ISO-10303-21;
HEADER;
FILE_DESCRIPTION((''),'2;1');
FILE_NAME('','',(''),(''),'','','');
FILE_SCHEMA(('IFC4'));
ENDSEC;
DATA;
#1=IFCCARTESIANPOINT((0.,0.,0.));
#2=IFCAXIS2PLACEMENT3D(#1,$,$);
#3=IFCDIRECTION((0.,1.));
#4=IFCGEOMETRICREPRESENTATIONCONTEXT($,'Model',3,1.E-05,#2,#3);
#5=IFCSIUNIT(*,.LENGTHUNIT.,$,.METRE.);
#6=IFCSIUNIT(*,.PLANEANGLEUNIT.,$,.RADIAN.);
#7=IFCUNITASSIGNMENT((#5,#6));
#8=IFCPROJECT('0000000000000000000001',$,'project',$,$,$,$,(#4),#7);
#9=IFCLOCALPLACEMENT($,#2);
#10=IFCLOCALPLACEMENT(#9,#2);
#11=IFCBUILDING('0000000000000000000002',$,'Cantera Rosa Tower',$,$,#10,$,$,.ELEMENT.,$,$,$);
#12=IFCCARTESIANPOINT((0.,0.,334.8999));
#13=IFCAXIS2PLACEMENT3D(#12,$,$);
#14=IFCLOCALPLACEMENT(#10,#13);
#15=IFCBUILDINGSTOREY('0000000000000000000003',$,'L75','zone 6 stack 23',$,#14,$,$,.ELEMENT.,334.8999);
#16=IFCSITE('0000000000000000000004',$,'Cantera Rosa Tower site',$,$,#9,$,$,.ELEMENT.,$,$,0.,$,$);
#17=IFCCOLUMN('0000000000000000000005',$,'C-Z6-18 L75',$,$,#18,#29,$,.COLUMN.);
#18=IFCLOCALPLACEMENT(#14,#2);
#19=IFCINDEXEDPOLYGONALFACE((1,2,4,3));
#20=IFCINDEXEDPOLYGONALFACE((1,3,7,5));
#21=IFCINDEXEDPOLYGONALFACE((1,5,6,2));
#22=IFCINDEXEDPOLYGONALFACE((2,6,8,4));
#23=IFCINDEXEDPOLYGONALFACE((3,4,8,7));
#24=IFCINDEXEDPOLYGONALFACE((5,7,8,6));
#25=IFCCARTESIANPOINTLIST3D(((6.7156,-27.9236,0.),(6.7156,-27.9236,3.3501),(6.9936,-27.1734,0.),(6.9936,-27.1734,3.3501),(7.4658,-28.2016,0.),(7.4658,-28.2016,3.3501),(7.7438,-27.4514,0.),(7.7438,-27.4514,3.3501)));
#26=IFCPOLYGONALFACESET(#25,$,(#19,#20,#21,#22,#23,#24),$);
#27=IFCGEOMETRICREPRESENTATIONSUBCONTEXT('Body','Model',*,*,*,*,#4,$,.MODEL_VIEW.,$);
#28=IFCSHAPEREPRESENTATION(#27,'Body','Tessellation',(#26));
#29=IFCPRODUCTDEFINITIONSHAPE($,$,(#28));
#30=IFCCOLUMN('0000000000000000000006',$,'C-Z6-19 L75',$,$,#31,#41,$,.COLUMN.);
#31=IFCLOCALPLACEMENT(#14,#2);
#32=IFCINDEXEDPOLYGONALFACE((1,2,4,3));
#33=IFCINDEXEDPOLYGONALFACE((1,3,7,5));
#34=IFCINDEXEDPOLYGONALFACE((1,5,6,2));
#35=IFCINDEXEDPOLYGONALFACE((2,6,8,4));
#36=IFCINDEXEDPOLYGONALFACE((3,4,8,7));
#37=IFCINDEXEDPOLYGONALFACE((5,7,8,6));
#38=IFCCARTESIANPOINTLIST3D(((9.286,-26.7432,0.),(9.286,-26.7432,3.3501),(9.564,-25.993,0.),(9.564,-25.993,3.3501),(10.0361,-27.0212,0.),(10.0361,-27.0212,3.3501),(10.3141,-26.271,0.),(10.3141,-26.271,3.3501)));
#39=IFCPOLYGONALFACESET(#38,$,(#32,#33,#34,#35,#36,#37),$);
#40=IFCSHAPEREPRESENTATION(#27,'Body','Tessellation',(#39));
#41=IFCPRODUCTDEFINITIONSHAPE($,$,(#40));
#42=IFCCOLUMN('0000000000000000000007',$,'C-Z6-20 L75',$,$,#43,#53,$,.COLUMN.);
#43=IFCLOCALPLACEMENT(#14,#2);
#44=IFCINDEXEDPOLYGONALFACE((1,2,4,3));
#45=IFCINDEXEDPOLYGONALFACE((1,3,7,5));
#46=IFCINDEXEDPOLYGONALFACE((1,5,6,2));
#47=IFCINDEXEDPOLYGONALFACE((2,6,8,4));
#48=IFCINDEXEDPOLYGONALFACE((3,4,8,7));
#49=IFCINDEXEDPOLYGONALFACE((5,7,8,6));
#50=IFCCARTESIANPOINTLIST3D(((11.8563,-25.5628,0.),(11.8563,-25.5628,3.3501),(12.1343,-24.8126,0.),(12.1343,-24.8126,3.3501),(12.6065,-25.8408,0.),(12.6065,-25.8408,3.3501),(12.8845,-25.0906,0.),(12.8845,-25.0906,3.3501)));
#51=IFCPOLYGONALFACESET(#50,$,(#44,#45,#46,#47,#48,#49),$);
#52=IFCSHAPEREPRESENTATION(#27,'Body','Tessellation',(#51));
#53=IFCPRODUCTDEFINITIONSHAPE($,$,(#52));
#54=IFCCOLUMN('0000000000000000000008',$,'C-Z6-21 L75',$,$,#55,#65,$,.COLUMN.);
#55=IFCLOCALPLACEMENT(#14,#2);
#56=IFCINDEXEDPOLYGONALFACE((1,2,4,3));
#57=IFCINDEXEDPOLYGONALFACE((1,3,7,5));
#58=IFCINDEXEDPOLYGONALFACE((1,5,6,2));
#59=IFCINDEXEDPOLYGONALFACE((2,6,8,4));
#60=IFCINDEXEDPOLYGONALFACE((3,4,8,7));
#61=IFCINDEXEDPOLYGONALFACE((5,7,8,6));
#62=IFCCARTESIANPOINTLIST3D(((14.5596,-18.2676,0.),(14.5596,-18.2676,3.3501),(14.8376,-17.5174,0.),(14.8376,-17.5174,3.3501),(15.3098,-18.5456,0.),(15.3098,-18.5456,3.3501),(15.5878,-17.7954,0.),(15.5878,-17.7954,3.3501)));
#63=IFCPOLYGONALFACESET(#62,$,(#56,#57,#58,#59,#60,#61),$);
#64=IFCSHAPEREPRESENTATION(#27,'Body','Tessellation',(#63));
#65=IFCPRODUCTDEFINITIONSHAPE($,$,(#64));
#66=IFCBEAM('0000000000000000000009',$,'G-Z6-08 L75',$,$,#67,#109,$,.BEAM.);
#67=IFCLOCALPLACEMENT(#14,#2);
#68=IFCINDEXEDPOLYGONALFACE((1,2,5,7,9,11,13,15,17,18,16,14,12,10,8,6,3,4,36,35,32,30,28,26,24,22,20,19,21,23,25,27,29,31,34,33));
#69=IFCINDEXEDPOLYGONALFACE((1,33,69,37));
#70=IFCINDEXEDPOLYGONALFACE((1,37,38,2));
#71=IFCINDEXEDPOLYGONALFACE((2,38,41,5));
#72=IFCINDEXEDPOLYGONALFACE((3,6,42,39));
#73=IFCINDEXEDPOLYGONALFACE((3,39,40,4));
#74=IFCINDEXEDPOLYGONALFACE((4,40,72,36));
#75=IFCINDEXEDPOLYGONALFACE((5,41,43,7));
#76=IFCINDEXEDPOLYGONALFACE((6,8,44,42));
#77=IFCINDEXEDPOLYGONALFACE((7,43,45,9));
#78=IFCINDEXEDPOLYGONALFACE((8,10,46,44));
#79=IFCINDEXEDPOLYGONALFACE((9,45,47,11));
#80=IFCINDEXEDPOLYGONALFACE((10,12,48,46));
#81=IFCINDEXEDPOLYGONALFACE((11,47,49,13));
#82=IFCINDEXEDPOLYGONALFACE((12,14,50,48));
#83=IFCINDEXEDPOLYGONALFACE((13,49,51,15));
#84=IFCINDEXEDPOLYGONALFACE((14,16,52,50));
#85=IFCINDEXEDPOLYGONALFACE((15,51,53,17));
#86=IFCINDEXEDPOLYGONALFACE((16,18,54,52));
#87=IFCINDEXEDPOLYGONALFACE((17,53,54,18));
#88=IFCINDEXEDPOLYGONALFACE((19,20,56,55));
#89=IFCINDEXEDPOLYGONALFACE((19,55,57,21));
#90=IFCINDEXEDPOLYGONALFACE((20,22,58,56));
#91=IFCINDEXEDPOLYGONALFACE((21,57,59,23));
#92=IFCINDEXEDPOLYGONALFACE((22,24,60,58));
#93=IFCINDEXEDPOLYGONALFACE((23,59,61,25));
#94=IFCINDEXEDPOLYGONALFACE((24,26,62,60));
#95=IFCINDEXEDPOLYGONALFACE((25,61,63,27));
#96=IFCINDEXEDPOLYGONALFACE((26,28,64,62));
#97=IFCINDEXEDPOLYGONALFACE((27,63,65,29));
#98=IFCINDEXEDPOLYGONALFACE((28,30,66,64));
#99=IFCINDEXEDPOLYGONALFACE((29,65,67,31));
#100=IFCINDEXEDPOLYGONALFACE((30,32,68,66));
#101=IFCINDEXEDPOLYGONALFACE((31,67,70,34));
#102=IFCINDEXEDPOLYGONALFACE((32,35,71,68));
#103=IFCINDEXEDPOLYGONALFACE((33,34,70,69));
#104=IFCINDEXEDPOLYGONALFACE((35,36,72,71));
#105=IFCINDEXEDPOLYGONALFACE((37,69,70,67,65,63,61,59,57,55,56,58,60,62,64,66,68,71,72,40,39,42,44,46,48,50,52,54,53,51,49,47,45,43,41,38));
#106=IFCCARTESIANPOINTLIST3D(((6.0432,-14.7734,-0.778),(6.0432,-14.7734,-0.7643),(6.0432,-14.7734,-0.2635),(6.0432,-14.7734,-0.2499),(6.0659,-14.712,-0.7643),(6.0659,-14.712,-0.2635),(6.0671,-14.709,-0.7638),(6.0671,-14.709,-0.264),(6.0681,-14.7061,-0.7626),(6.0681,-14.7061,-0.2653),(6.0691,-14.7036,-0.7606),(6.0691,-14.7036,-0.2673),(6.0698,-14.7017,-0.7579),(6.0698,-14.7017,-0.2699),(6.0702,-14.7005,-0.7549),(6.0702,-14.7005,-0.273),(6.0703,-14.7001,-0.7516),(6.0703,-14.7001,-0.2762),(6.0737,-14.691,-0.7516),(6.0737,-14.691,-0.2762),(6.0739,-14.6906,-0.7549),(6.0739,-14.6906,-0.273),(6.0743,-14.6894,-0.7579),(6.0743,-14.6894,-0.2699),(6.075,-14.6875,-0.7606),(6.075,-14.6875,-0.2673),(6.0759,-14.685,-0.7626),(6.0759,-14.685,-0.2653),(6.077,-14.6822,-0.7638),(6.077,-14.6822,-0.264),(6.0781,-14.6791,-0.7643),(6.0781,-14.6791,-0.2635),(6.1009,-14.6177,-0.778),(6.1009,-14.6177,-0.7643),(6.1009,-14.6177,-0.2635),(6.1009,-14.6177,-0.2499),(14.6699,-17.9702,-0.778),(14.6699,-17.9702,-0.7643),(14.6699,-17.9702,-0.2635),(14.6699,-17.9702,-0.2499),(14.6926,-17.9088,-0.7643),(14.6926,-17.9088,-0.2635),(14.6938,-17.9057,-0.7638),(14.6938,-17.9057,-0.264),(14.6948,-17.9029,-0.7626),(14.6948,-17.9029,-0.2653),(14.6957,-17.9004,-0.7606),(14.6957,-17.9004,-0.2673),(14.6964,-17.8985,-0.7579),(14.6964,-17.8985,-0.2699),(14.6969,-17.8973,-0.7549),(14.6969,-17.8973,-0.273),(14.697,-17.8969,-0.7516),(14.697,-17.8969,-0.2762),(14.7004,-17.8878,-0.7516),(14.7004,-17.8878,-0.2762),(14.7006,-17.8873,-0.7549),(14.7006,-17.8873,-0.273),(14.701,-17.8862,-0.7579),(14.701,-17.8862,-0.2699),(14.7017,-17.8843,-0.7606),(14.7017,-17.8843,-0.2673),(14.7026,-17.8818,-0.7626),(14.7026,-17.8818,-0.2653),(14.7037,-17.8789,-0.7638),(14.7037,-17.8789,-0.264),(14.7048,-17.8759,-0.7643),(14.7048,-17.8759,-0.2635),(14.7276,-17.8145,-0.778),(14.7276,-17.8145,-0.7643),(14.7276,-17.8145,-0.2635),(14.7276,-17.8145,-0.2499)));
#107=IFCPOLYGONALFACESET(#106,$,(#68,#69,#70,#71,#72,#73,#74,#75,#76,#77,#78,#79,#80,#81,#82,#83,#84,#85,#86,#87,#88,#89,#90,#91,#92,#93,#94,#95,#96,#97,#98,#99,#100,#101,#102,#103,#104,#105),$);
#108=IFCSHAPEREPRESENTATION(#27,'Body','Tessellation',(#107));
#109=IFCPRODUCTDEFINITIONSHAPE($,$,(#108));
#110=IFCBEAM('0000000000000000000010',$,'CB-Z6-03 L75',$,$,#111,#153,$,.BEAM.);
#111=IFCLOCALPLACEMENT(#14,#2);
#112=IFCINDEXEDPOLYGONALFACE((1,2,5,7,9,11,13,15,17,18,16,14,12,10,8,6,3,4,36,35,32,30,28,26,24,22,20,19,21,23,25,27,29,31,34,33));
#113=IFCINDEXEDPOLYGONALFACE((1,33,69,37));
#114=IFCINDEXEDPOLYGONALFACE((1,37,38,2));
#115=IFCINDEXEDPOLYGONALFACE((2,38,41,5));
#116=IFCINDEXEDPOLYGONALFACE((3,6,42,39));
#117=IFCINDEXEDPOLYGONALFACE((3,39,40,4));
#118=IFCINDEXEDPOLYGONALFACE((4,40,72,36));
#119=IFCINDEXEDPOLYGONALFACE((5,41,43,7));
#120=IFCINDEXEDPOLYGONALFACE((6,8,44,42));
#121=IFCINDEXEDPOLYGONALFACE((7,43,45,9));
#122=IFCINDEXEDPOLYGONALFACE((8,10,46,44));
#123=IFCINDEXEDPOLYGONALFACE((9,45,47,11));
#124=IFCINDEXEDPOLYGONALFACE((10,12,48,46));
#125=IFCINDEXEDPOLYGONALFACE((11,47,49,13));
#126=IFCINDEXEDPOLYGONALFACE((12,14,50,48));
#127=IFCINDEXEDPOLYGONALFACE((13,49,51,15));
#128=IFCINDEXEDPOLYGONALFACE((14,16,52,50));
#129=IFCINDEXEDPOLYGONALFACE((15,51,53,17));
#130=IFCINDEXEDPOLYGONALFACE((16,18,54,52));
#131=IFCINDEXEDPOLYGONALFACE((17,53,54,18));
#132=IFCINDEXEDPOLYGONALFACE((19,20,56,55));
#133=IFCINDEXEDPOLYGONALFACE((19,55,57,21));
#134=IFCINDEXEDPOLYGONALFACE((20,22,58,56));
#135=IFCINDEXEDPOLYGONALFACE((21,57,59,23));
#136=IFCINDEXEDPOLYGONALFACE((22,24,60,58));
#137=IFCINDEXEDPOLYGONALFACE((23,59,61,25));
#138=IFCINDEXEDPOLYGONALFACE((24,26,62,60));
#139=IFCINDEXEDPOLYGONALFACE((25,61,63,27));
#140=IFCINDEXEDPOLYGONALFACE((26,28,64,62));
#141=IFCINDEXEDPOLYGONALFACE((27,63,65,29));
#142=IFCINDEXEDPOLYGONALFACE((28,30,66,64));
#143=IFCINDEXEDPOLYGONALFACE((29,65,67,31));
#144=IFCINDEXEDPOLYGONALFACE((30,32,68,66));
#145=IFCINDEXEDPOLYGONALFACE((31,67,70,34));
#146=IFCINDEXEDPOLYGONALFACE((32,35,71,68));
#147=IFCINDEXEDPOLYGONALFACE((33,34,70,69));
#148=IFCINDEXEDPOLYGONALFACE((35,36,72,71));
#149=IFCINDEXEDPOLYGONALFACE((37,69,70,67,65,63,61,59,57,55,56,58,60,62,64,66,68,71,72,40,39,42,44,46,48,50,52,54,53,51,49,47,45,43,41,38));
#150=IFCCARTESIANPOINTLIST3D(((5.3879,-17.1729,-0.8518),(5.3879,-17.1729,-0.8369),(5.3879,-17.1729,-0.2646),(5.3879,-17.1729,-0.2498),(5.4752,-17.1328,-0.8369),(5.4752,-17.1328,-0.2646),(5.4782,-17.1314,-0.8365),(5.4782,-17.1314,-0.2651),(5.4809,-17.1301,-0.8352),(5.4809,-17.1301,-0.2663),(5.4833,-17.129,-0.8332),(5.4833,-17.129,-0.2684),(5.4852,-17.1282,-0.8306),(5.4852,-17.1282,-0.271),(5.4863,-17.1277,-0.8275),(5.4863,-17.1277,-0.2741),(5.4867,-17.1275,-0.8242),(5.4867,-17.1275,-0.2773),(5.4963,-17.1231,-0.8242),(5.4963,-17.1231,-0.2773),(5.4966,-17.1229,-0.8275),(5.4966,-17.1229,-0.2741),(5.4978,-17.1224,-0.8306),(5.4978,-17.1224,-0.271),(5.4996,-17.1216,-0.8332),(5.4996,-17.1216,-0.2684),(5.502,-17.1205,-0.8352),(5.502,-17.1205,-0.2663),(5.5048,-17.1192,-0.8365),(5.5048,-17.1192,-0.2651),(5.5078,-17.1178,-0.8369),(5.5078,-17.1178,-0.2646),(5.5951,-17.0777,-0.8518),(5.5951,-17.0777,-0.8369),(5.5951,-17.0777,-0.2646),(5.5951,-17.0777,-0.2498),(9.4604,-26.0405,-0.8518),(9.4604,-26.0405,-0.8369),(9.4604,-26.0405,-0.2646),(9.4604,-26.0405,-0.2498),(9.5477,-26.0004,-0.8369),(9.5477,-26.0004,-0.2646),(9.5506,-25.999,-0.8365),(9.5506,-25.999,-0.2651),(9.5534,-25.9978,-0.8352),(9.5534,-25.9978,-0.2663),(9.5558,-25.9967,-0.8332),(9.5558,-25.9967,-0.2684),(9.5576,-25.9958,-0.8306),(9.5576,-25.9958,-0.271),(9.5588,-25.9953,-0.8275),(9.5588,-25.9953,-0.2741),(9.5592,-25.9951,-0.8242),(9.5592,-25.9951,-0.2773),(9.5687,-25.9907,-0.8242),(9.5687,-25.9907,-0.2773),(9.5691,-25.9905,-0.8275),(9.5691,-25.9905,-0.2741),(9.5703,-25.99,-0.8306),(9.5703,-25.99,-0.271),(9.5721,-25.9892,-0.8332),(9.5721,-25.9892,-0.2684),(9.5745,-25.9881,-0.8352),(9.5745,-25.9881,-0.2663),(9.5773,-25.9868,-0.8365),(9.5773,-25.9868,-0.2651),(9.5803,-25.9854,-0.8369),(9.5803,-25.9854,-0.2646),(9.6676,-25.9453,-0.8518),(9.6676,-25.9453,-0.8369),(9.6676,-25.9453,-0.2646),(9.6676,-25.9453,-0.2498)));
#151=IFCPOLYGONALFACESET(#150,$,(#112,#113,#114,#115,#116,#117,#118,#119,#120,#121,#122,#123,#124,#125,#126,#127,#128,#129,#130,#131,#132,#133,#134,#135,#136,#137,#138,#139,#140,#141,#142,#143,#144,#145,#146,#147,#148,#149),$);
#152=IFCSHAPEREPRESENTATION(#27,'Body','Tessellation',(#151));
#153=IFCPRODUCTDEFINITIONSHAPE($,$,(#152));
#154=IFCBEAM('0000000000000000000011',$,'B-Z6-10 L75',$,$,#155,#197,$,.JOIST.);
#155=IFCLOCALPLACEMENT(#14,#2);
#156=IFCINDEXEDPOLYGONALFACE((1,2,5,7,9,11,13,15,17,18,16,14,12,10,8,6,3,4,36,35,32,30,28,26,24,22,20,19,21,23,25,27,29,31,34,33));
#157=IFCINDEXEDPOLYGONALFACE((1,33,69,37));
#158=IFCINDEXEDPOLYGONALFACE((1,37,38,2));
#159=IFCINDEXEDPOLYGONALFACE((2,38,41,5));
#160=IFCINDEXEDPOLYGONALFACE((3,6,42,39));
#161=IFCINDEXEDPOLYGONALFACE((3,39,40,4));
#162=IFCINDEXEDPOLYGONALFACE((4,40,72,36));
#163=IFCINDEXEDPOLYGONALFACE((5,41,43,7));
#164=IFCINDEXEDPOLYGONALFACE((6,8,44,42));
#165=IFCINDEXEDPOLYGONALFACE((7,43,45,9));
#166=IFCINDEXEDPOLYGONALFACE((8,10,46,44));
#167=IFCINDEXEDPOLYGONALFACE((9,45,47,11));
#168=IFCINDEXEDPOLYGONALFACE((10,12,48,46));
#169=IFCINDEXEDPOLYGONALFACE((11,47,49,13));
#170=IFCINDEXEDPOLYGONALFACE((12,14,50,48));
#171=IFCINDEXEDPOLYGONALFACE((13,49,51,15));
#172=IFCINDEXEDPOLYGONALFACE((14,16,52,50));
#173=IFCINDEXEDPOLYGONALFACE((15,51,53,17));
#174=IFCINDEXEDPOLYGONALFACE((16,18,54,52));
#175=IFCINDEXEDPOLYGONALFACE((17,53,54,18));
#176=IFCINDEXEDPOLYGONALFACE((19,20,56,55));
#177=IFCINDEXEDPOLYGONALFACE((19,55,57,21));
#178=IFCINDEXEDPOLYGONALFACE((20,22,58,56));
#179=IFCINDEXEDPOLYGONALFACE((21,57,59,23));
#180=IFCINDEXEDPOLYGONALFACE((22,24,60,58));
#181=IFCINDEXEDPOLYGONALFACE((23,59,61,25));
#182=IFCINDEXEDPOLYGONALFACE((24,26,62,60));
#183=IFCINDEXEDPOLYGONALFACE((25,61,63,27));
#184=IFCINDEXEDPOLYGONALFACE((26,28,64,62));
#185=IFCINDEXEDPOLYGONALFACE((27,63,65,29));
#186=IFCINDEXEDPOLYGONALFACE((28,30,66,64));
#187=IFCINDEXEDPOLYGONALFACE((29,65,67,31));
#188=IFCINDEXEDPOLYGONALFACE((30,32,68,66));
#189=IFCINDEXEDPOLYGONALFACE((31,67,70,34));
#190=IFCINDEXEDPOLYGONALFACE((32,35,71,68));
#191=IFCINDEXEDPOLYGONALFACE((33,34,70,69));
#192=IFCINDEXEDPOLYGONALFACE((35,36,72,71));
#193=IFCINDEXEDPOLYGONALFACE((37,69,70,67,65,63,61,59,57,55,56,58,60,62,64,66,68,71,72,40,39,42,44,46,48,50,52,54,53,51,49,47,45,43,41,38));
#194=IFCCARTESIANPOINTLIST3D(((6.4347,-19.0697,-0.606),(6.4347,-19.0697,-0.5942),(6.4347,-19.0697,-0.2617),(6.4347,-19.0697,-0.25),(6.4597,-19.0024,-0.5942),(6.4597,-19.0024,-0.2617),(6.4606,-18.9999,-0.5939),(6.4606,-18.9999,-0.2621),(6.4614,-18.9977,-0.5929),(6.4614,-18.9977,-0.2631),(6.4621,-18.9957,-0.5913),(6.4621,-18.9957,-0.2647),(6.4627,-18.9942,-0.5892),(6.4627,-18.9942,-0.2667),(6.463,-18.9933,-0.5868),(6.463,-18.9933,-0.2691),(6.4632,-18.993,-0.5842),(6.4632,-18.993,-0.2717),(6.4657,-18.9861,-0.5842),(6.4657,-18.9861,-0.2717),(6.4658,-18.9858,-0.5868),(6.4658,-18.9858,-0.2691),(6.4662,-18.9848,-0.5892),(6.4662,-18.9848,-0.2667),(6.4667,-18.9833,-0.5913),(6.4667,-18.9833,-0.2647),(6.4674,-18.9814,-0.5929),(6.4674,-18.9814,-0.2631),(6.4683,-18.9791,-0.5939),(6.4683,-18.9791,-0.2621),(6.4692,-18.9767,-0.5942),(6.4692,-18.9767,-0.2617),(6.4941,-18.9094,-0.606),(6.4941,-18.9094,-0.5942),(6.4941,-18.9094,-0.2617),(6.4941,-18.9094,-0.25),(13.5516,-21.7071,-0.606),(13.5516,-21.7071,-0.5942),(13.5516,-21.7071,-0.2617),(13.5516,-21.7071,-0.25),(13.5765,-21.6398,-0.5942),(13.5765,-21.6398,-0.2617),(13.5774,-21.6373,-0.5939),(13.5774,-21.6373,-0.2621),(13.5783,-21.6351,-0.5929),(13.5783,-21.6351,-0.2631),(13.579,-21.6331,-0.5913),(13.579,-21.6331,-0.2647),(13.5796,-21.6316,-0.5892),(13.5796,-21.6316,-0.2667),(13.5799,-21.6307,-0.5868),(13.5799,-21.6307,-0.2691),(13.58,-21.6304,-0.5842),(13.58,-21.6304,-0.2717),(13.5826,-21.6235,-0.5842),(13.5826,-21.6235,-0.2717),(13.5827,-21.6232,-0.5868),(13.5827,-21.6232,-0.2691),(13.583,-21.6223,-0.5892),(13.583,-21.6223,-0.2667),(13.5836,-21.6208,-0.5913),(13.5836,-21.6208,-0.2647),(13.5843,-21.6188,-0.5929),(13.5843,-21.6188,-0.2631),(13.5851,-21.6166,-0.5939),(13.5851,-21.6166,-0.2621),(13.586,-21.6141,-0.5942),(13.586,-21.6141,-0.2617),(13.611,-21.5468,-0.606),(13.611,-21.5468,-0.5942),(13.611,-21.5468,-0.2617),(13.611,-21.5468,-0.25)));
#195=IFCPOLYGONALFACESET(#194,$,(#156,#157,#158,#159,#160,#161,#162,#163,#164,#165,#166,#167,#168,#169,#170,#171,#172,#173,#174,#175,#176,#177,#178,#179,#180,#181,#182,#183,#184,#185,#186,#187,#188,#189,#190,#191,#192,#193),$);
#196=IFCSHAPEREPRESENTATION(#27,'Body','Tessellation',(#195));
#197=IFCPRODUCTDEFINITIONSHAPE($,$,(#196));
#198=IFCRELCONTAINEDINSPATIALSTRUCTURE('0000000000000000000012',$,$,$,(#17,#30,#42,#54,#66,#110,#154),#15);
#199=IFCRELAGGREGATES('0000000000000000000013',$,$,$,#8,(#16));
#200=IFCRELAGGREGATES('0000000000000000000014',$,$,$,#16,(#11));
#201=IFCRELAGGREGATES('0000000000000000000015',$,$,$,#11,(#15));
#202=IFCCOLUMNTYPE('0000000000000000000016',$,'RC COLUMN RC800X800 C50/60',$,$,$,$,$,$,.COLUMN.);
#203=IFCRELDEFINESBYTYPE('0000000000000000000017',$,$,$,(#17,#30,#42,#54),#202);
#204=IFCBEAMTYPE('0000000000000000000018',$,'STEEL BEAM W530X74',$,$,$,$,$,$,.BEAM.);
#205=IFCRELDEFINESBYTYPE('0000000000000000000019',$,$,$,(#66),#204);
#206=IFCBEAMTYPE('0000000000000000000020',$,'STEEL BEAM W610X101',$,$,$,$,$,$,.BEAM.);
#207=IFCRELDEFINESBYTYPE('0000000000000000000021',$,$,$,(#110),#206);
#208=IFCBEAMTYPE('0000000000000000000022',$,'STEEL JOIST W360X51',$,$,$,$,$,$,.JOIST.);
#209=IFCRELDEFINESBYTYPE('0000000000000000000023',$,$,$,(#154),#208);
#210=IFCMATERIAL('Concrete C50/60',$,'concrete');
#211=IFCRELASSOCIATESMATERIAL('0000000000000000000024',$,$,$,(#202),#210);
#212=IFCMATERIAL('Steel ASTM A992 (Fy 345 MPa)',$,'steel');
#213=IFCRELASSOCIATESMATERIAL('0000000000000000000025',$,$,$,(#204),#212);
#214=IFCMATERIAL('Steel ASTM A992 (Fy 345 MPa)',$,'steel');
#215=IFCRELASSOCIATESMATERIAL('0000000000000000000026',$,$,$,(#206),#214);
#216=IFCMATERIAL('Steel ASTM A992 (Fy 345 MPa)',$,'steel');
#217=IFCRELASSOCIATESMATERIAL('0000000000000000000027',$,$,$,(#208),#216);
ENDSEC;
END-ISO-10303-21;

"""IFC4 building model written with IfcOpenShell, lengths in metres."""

from ifc_helpers import new_model, si_unit, direction, frame, origin, origin_2d, place, context, subcontext, project, spatial, rectangle, i_section, extrude, material, material_profile, profile_set, type_object, element, save


model = new_model("IFC4")

# Units and contexts
model_context = context("Model", 3, precision=1e-05, world=origin(), true_north=direction((0.0, 1.0)))
body_context = subcontext(model_context, "Body", "Model", "MODEL_VIEW")
ifc_project = project(units=[si_unit("LENGTHUNIT", "METRE"), si_unit("PLANEANGLEUNIT", "RADIAN")], contexts=[model_context])

# Site, building, storey
site_placement = place(None, origin())
site = spatial("IfcSite", under=ifc_project, at=site_placement, Name="Cantera Rosa Tower site", CompositionType="ELEMENT", RefElevation=0.0)
building_placement = place(site_placement, origin())
building = spatial("IfcBuilding", under=site, at=building_placement, Name="Cantera Rosa Tower", CompositionType="ELEMENT")
storey_placement = place(building_placement, frame((0.0, 0.0, 334.8999)))
storey = spatial("IfcBuildingStorey", under=building, at=storey_placement, Name="L75", Description="zone 6 stack 23", CompositionType="ELEMENT", Elevation=334.8999)

# Columns
ifc_material_1 = material(Name="Concrete C50/60", Category="concrete")
ifc_material_profile_1 = material_profile(ifc_material_1, rectangle(XDim=0.8, YDim=0.8, at=origin_2d()), Name="RC COLUMN RC800X800 C50/60")
ifc_profile_set_1 = profile_set([ifc_material_profile_1], Name="Concrete C50/60")
column_type = type_object("IfcColumnType", Name="RC COLUMN RC800X800 C50/60", PredefinedType="COLUMN", material=ifc_profile_set_1)
for number, where, z_axis, x_axis, name in (
    (1, (7.2297, -27.6875, 0.0), (0.0, 0.0, 1.0), (0.347481, 0.937687, 0.0), "C-Z6-18 L75"),
    (2, (9.8, -26.5071, 0.0), (0.0, 0.0, 1.0), (0.347481, 0.937687, 0.0), "C-Z6-19 L75"),
    (3, (12.3704, -25.3267, 0.0), (0.0, 0.0, 1.0), (0.347481, 0.937687, 0.0), "C-Z6-20 L75"),
    (4, (15.0737, -18.0315, 0.0), (0.0, 0.0, 1.0), (0.347481, 0.937687, 0.0), "C-Z6-21 L75"),
):
    element("IfcColumn", number, at=place(storey_placement, frame(where, z_axis=z_axis, x_axis=x_axis)), inside=storey, type_object=column_type, Name=name, PredefinedType="COLUMN", context=body_context, shape_type="SweptSolid", body=[
        extrude(rectangle(XDim=0.8, YDim=0.8, at=origin_2d()), origin(), (0.0, 0.0, 1.0), 3.3501),
    ])

# Beams
ifc_material_2 = material(Name="Steel ASTM A992 (Fy 345 MPa)", Category="steel")
ifc_material_profile_2 = material_profile(ifc_material_2, i_section(OverallWidth=0.166, OverallDepth=0.5281, WebThickness=0.0098, FlangeThickness=0.0137, FilletRadius=0.0127, at=origin_2d()), Name="W530X74")
ifc_profile_set_2 = profile_set([ifc_material_profile_2], Name="Steel ASTM A992 (Fy 345 MPa)")
beam_type_1 = type_object("IfcBeamType", Name="STEEL BEAM W530X74", PredefinedType="BEAM", material=ifc_profile_set_2)
beam_1_placement = place(storey_placement, frame((14.6987, -17.8923, -0.5139), z_axis=(-0.937689, 0.347477, 0.0), x_axis=(-0.347477, -0.937689, 0.0)))
element("IfcBeam", 5, at=beam_1_placement, inside=storey, type_object=beam_type_1, Name="G-Z6-08 L75", PredefinedType="BEAM", context=body_context, shape_type="SweptSolid", body=[
    extrude(i_section(OverallWidth=0.166, OverallDepth=0.5281, WebThickness=0.0098, FlangeThickness=0.0137, FilletRadius=0.0127, at=origin_2d()), origin(), (0.0, 0.0, 1.0), 9.2),
])
ifc_material_3 = material(Name="Steel ASTM A992 (Fy 345 MPa)", Category="steel")
ifc_material_profile_3 = material_profile(ifc_material_3, i_section(OverallWidth=0.228, OverallDepth=0.6021, WebThickness=0.0105, FlangeThickness=0.0149, FilletRadius=0.0127, at=origin_2d()), Name="W610X101")
ifc_profile_set_3 = profile_set([ifc_material_profile_3], Name="Steel ASTM A992 (Fy 345 MPa)")
beam_type_2 = type_object("IfcBeamType", Name="STEEL BEAM W610X101", PredefinedType="BEAM", material=ifc_profile_set_3)
beam_2_placement = place(storey_placement, frame((9.564, -25.9929, -0.5508), z_axis=(-0.417346, 0.908748, 0.0), x_axis=(-0.908748, -0.417346, 0.0)))
element("IfcBeam", 6, at=beam_2_placement, inside=storey, type_object=beam_type_2, Name="CB-Z6-03 L75", PredefinedType="BEAM", context=body_context, shape_type="SweptSolid", body=[
    extrude(i_section(OverallWidth=0.228, OverallDepth=0.6021, WebThickness=0.0105, FlangeThickness=0.0149, FilletRadius=0.0127, at=origin_2d()), origin(), (0.0, 0.0, 1.0), 9.7581),
])
ifc_material_4 = material(Name="Steel ASTM A992 (Fy 345 MPa)", Category="steel")
ifc_material_profile_4 = material_profile(ifc_material_4, i_section(OverallWidth=0.1709, OverallDepth=0.356, WebThickness=0.0073, FlangeThickness=0.0117, FilletRadius=0.01, at=origin_2d()), Name="W360X51")
ifc_profile_set_4 = profile_set([ifc_material_profile_4], Name="Steel ASTM A992 (Fy 345 MPa)")
beam_type_3 = type_object("IfcBeamType", Name="STEEL JOIST W360X51", PredefinedType="JOIST", material=ifc_profile_set_4)
beam_3_placement = place(storey_placement, frame((13.5813, -21.627, -0.428), z_axis=(-0.937682, 0.347493, 0.0), x_axis=(-0.347493, -0.937682, 0.0)))
element("IfcBeam", 7, at=beam_3_placement, inside=storey, type_object=beam_type_3, Name="B-Z6-10 L75", PredefinedType="JOIST", context=body_context, shape_type="SweptSolid", body=[
    extrude(i_section(OverallWidth=0.1709, OverallDepth=0.356, WebThickness=0.0073, FlangeThickness=0.0117, FilletRadius=0.01, at=origin_2d()), origin(), (0.0, 0.0, 1.0), 7.5898),
])

save(model, "model.ifc")
